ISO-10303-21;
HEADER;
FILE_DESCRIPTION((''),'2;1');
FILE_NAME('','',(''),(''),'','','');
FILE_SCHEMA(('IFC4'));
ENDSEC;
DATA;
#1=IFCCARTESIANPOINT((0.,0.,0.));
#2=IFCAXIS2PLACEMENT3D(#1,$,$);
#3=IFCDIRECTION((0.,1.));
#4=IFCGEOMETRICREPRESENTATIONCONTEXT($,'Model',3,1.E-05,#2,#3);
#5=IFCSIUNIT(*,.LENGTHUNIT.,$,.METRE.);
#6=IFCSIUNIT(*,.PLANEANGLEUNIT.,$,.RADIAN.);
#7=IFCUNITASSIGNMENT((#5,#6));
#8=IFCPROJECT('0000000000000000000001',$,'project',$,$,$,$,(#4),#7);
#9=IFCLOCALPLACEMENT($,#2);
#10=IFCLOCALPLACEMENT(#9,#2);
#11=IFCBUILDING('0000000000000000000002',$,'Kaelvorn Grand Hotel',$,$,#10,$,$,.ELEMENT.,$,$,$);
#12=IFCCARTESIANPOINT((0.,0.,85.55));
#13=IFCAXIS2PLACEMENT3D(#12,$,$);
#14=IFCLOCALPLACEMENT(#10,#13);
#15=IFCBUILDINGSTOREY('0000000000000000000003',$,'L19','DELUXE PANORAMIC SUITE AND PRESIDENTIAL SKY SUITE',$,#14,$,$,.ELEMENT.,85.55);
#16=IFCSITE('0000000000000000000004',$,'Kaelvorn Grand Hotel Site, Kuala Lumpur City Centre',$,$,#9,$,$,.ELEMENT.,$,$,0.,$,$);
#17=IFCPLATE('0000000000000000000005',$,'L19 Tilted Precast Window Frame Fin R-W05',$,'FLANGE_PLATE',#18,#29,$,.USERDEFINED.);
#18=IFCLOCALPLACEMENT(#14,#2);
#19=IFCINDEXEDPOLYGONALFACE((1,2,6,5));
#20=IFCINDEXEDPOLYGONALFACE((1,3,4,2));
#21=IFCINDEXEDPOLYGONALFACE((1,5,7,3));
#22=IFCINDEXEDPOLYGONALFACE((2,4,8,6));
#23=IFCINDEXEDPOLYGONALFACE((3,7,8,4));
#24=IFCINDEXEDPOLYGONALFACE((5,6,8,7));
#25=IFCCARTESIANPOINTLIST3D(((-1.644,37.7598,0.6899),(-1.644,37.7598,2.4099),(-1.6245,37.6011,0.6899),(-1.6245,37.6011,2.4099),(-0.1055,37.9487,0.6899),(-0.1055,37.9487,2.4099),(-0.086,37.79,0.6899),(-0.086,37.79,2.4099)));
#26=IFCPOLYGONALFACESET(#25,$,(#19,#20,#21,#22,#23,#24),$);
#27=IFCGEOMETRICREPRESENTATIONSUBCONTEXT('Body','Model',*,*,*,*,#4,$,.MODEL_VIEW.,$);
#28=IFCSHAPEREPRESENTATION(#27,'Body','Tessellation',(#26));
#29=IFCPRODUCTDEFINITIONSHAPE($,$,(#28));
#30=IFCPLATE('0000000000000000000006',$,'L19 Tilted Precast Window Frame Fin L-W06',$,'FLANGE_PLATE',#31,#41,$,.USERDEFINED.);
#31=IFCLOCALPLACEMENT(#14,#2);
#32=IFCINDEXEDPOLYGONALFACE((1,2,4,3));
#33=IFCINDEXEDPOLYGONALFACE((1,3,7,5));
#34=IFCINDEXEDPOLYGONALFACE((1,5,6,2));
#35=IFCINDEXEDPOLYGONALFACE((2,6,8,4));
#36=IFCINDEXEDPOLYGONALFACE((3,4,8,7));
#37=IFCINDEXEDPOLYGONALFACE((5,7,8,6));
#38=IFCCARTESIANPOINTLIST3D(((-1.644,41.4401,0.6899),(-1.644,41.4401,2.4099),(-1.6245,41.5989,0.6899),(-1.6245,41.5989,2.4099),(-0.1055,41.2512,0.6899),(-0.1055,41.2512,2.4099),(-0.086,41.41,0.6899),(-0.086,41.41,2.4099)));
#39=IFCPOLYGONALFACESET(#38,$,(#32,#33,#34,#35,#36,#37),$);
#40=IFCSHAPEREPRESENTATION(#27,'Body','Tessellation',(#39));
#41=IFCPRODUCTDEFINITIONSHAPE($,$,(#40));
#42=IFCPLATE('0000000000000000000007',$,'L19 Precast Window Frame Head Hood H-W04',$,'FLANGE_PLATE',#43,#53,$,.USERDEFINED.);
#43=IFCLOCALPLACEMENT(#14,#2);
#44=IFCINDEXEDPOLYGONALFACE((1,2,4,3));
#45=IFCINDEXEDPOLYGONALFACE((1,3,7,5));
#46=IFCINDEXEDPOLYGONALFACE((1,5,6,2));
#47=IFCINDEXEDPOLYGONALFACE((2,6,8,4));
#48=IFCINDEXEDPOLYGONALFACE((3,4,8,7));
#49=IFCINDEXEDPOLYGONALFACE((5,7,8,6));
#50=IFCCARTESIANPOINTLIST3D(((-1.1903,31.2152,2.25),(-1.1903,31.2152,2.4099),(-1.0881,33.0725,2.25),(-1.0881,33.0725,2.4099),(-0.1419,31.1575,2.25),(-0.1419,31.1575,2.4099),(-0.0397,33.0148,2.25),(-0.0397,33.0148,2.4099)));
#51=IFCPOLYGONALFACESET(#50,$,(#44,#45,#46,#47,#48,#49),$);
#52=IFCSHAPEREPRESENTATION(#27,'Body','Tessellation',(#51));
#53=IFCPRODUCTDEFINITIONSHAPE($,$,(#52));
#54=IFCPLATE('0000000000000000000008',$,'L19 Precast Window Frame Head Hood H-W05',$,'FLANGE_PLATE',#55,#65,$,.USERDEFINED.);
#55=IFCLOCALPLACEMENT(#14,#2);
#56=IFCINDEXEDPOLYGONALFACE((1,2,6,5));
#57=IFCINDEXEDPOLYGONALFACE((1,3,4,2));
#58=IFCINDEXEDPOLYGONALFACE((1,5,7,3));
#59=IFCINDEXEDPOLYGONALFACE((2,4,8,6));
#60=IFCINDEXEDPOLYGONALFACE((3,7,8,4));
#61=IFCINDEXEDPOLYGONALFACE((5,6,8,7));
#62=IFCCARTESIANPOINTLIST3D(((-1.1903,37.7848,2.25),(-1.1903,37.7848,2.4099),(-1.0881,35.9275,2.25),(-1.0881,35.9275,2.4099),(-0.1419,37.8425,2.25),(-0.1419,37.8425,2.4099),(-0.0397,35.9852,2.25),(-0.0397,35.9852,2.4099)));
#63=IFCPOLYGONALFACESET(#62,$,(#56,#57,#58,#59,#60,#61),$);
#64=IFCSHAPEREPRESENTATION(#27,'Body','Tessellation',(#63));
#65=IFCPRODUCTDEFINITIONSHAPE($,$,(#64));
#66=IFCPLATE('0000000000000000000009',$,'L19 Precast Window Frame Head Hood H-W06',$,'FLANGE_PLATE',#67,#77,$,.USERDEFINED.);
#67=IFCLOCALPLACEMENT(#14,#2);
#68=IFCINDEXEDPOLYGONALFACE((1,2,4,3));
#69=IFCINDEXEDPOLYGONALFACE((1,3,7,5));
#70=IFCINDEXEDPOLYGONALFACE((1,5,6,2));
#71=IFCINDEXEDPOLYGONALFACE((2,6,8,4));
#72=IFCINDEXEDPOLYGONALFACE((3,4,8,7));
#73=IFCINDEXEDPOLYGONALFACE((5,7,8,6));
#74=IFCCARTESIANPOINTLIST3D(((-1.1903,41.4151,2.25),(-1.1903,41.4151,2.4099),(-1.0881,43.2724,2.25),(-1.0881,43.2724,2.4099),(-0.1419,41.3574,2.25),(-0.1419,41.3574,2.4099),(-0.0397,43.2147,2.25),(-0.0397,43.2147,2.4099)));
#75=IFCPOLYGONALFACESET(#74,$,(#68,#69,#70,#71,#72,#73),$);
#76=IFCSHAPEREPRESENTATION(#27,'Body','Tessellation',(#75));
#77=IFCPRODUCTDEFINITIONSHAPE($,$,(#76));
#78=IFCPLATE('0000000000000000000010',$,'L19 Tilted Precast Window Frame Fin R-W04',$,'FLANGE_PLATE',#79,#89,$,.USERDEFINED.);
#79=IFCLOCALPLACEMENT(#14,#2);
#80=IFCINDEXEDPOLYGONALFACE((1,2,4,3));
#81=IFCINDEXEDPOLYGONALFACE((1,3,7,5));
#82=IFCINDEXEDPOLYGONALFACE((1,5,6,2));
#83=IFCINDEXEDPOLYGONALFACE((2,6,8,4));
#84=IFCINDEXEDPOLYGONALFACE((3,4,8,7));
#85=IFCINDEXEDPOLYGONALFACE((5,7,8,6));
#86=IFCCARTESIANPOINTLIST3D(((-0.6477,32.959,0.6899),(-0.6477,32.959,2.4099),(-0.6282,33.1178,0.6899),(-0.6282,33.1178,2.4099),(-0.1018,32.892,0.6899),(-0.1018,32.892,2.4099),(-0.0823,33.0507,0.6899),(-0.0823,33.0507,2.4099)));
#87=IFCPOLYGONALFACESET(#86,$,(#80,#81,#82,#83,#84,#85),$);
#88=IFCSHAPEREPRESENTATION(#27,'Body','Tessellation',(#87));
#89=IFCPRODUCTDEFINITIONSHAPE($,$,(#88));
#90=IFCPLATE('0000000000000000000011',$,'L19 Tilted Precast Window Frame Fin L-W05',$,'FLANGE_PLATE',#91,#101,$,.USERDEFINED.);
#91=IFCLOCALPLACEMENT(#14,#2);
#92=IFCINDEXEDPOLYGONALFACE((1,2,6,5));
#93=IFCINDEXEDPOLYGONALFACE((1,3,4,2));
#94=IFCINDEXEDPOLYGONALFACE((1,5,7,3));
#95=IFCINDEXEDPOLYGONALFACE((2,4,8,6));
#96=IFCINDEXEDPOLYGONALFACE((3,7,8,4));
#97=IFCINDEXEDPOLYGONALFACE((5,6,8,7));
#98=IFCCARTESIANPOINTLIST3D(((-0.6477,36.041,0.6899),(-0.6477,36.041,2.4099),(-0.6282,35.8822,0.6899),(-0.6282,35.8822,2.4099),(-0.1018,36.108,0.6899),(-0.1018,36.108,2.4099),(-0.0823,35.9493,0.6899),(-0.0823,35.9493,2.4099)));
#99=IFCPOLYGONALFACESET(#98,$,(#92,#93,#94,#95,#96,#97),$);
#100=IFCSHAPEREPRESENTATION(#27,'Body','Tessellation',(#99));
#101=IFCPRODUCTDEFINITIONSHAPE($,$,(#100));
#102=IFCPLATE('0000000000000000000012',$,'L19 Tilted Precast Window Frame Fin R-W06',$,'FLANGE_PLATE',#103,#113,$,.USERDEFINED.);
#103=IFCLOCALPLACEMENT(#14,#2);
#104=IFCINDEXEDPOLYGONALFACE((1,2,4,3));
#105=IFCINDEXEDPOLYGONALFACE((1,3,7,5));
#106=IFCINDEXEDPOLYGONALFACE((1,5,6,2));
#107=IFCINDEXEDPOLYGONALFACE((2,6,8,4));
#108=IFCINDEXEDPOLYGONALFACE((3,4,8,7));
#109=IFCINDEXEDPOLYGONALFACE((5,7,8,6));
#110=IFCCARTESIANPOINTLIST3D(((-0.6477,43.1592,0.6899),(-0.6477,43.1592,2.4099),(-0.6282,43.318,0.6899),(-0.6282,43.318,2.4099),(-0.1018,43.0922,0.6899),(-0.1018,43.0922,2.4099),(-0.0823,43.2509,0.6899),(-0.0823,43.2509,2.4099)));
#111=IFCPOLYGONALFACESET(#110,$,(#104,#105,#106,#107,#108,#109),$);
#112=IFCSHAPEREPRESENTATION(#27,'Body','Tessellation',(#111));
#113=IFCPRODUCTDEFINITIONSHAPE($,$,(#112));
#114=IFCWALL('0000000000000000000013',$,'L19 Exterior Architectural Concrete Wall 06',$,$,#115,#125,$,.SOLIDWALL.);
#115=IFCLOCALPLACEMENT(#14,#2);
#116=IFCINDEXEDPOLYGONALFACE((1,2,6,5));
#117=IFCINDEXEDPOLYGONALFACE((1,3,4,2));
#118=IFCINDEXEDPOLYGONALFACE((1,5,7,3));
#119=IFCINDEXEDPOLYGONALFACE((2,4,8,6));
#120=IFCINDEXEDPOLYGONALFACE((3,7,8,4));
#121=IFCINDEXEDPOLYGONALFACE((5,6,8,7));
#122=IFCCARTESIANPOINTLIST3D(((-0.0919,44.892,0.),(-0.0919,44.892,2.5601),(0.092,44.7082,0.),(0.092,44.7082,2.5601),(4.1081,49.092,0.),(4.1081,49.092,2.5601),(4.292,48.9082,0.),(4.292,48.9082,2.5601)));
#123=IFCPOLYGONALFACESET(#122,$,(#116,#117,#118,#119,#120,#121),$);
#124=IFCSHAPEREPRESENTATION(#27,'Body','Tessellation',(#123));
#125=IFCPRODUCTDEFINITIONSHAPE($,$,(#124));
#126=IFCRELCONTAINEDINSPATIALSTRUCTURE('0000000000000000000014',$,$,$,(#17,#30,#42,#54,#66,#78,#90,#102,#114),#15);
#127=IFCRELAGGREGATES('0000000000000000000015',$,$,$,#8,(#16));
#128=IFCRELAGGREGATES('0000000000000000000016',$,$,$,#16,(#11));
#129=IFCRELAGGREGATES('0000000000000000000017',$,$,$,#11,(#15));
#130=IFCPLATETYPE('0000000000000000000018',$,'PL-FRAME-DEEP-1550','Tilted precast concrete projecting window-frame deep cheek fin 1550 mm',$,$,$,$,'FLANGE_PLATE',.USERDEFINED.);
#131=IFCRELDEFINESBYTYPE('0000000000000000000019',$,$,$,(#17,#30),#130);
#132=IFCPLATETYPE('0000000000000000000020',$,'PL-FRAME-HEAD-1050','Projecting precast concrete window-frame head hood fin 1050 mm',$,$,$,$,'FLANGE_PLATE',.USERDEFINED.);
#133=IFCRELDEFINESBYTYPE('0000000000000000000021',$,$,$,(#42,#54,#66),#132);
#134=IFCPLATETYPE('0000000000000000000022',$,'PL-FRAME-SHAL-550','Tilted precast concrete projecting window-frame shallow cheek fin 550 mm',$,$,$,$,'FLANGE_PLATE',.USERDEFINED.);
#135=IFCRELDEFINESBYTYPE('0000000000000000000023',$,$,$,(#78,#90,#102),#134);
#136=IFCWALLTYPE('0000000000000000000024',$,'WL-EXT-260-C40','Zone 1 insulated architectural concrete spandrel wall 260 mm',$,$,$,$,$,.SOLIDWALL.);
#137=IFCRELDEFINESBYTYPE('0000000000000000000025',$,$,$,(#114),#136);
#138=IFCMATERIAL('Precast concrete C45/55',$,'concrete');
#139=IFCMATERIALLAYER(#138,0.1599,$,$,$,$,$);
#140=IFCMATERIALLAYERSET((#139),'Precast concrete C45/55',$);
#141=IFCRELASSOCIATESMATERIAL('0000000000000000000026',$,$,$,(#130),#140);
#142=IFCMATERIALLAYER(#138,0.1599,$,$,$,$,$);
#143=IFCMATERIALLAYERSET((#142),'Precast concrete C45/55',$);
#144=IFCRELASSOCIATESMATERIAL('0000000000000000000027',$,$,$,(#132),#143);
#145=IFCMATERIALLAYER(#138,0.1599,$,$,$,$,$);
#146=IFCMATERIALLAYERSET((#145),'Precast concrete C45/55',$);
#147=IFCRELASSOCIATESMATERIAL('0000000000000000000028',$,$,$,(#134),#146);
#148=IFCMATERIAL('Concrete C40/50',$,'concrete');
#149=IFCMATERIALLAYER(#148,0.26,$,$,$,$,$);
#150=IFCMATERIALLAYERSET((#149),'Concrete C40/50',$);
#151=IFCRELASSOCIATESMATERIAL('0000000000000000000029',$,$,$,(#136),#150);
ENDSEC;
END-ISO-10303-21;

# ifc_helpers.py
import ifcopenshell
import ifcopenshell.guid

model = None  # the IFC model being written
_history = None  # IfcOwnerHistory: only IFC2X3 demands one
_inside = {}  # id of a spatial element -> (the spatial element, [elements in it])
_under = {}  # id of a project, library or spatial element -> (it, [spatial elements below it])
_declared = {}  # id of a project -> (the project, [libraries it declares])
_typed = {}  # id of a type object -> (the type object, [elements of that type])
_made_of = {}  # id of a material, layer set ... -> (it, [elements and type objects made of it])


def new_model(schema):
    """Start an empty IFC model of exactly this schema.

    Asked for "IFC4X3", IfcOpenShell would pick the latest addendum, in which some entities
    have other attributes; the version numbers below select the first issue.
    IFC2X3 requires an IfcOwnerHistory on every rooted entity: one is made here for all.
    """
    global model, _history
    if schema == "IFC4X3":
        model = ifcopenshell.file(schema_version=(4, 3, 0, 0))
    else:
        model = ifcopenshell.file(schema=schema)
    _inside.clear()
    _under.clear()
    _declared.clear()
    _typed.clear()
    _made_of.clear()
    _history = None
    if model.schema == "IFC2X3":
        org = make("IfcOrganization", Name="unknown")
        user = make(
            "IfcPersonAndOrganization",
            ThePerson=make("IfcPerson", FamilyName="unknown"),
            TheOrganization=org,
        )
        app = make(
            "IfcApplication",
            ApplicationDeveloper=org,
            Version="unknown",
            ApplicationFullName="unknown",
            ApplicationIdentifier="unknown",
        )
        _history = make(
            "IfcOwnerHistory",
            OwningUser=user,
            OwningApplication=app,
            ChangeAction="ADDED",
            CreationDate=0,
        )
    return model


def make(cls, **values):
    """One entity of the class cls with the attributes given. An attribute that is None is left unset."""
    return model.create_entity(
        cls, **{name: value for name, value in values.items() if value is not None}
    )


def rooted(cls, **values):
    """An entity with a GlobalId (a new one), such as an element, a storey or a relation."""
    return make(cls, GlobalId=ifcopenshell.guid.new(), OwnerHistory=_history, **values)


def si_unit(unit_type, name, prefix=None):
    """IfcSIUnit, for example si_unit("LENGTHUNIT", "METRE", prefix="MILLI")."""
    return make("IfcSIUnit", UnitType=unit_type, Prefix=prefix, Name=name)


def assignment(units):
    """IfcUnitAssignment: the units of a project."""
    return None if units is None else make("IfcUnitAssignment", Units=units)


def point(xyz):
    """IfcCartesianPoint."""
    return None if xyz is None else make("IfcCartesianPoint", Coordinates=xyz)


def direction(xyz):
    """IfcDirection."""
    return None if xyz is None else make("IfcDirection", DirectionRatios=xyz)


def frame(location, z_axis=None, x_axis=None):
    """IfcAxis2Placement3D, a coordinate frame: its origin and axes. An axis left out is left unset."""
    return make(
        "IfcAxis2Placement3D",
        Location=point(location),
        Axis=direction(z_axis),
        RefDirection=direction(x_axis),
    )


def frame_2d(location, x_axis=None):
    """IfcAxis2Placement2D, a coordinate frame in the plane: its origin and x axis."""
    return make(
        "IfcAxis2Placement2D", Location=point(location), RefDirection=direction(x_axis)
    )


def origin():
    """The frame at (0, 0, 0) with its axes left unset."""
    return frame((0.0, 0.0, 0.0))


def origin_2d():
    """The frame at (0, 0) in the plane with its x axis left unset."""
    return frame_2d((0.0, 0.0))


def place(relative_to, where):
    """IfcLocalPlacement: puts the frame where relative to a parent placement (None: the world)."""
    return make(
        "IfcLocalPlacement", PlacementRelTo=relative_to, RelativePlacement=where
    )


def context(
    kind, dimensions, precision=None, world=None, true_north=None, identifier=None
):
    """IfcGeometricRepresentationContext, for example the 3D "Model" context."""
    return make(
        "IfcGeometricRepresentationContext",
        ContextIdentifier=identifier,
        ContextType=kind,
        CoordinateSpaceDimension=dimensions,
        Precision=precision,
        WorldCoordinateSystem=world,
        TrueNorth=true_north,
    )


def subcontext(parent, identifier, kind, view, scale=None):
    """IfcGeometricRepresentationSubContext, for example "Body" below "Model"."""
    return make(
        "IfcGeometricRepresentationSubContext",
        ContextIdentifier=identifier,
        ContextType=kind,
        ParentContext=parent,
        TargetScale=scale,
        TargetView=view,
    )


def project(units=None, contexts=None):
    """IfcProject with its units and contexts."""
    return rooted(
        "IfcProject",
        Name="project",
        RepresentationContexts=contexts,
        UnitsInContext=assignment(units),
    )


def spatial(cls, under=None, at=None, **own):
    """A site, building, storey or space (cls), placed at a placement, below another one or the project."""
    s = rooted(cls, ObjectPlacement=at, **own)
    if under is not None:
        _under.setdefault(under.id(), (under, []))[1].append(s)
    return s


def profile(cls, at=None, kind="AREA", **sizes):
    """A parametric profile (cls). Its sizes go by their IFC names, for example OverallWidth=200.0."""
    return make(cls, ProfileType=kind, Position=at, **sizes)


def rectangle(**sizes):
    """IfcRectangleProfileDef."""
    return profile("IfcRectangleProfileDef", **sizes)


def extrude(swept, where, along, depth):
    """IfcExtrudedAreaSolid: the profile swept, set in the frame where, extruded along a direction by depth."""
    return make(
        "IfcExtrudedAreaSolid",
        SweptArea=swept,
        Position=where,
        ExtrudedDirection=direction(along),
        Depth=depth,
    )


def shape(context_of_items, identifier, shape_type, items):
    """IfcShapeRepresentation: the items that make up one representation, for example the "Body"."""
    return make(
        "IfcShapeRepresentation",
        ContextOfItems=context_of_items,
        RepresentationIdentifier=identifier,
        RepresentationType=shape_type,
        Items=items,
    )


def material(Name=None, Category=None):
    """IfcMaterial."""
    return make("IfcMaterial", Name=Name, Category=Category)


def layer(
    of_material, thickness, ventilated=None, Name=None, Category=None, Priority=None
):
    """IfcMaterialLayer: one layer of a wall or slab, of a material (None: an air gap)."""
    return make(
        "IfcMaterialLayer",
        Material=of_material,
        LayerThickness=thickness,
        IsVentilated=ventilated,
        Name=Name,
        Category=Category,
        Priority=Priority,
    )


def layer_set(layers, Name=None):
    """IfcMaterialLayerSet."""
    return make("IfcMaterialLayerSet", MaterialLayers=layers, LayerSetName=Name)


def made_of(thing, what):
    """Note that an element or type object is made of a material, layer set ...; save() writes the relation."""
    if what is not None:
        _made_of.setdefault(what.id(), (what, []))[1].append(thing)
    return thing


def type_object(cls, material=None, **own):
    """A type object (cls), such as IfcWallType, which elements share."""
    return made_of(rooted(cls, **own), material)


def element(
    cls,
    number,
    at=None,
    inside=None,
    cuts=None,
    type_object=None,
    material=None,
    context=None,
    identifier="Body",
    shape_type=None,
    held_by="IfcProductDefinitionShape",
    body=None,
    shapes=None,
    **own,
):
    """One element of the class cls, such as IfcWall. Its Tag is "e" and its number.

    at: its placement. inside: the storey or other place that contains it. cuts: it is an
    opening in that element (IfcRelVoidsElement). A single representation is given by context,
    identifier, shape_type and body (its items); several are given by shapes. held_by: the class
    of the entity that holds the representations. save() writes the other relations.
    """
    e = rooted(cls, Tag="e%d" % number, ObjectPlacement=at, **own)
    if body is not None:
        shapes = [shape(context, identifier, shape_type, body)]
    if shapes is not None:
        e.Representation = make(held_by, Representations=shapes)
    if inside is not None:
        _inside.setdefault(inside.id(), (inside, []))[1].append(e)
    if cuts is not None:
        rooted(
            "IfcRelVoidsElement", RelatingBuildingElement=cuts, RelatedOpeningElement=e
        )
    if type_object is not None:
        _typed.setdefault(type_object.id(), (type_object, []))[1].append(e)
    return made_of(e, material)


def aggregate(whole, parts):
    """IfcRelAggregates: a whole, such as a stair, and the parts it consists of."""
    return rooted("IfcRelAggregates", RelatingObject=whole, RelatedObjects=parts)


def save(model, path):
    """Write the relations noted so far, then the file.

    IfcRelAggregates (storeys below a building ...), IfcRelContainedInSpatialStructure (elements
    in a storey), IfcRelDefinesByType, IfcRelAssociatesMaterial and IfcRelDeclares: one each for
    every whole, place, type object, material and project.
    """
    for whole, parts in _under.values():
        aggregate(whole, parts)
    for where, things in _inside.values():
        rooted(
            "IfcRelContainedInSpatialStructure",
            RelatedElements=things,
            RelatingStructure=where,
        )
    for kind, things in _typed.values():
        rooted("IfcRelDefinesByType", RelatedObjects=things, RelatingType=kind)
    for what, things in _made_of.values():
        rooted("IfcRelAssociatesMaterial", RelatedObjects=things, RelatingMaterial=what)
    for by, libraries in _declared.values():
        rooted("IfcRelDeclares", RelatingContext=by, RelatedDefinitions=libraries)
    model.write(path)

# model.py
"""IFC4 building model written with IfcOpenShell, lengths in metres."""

from ifc_helpers import new_model, si_unit, direction, frame, frame_2d, origin, origin_2d, place, context, subcontext, project, spatial, rectangle, extrude, material, layer, layer_set, type_object, element, save


model = new_model("IFC4")

# Units and contexts
model_context = context("Model", 3, precision=1e-05, world=origin(), true_north=direction((0.0, 1.0)))
body_context = subcontext(model_context, "Body", "Model", "MODEL_VIEW")
ifc_project = project(units=[si_unit("LENGTHUNIT", "METRE"), si_unit("PLANEANGLEUNIT", "RADIAN")], contexts=[model_context])

# Site, building, storey
site_placement = place(None, origin())
site = spatial("IfcSite", under=ifc_project, at=site_placement, Name="Kaelvorn Grand Hotel Site, Kuala Lumpur City Centre", CompositionType="ELEMENT", RefElevation=0.0)
building_placement = place(site_placement, origin())
building = spatial("IfcBuilding", under=site, at=building_placement, Name="Kaelvorn Grand Hotel", CompositionType="ELEMENT")
storey_placement = place(building_placement, frame((0.0, 0.0, 85.55)))
storey = spatial("IfcBuildingStorey", under=building, at=storey_placement, Name="L19", Description="DELUXE PANORAMIC SUITE AND PRESIDENTIAL SKY SUITE", CompositionType="ELEMENT", Elevation=85.55)

# Plates
ifc_material_1 = material(Name="Precast concrete C45/55", Category="concrete")
ifc_layer_1 = layer(ifc_material_1, 0.1599)
ifc_layer_set_1 = layer_set([ifc_layer_1], Name="Precast concrete C45/55")
plate_type_1 = type_object("IfcPlateType", Name="PL-FRAME-DEEP-1550", Description="Tilted precast concrete projecting window-frame deep cheek fin 1550 mm", ElementType="FLANGE_PLATE", PredefinedType="USERDEFINED", material=ifc_layer_set_1)
for number, where, z_axis, x_axis, name in (
    (1, (-0.865, 37.7749, 0.6899), (0.0, 0.0, 1.0), (-0.121869, 0.992546, 0.0), "L19 Tilted Precast Window Frame Fin R-W05"),
    (2, (-0.865, 41.425, 0.6899), (0.0, 0.0, 1.0), (0.121869, 0.992546, 0.0), "L19 Tilted Precast Window Frame Fin L-W06"),
):
    element("IfcPlate", number, at=place(storey_placement, frame(where, z_axis=z_axis, x_axis=x_axis)), inside=storey, type_object=plate_type_1, Name=name, ObjectType="FLANGE_PLATE", PredefinedType="USERDEFINED", context=body_context, shape_type="SweptSolid", body=[
        extrude(rectangle(XDim=0.1599, YDim=1.55, at=origin_2d()), origin(), (0.0, 0.0, 1.0), 1.72),
    ])
ifc_layer_2 = layer(ifc_material_1, 0.1599)
ifc_layer_set_2 = layer_set([ifc_layer_2], Name="Precast concrete C45/55")
plate_type_2 = type_object("IfcPlateType", Name="PL-FRAME-HEAD-1050", Description="Projecting precast concrete window-frame head hood fin 1050 mm", ElementType="FLANGE_PLATE", PredefinedType="USERDEFINED", material=ifc_layer_set_2)
for number, where, z_axis, x_axis, name in (
    (3, (-0.615, 32.115, 2.25), (0.0, 0.0, 1.0), (0.05495, 0.998489, 0.0), "L19 Precast Window Frame Head Hood H-W04"),
    (4, (-0.615, 36.885, 2.25), (0.0, 0.0, 1.0), (-0.05495, 0.998489, 0.0), "L19 Precast Window Frame Head Hood H-W05"),
    (5, (-0.615, 42.3149, 2.25), (0.0, 0.0, 1.0), (0.05495, 0.998489, 0.0), "L19 Precast Window Frame Head Hood H-W06"),
):
    element("IfcPlate", number, at=place(storey_placement, frame(where, z_axis=z_axis, x_axis=x_axis)), inside=storey, type_object=plate_type_2, Name=name, ObjectType="FLANGE_PLATE", PredefinedType="USERDEFINED", context=body_context, shape_type="SweptSolid", body=[
        extrude(rectangle(XDim=1.8601, YDim=1.05, at=origin_2d()), origin(), (0.0, 0.0, 1.0), 0.1599),
    ])
ifc_layer_3 = layer(ifc_material_1, 0.1599)
ifc_layer_set_3 = layer_set([ifc_layer_3], Name="Precast concrete C45/55")
plate_type_3 = type_object("IfcPlateType", Name="PL-FRAME-SHAL-550", Description="Tilted precast concrete projecting window-frame shallow cheek fin 550 mm", ElementType="FLANGE_PLATE", PredefinedType="USERDEFINED", material=ifc_layer_set_3)
for number, where, z_axis, x_axis, name in (
    (6, (-0.365, 33.0049, 0.6899), (0.0, 0.0, 1.0), (0.121869, 0.992546, 0.0), "L19 Tilted Precast Window Frame Fin R-W04"),
    (7, (-0.365, 35.9951, 0.6899), (0.0, 0.0, 1.0), (-0.121869, 0.992546, 0.0), "L19 Tilted Precast Window Frame Fin L-W05"),
    (8, (-0.365, 43.2051, 0.6899), (0.0, 0.0, 1.0), (0.121869, 0.992546, 0.0), "L19 Tilted Precast Window Frame Fin R-W06"),
):
    element("IfcPlate", number, at=place(storey_placement, frame(where, z_axis=z_axis, x_axis=x_axis)), inside=storey, type_object=plate_type_3, Name=name, ObjectType="FLANGE_PLATE", PredefinedType="USERDEFINED", context=body_context, shape_type="SweptSolid", body=[
        extrude(rectangle(XDim=0.1599, YDim=0.55, at=origin_2d()), origin(), (0.0, 0.0, 1.0), 1.72),
    ])

# Wall
ifc_material_2 = material(Name="Concrete C40/50", Category="concrete")
ifc_layer_4 = layer(ifc_material_2, 0.26)
ifc_layer_set_4 = layer_set([ifc_layer_4], Name="Concrete C40/50")
wall_type_1 = type_object("IfcWallType", Name="WL-EXT-260-C40", Description="Zone 1 insulated architectural concrete spandrel wall 260 mm", PredefinedType="SOLIDWALL", material=ifc_layer_set_4)
wall_1_placement = place(storey_placement, frame((4.2, 49.0, 0.0), z_axis=(0.0, 0.0, 1.0), x_axis=(-0.707107, -0.707107, 0.0)))
element("IfcWall", 9, at=wall_1_placement, inside=storey, type_object=wall_type_1, Name="L19 Exterior Architectural Concrete Wall 06", PredefinedType="SOLIDWALL", context=body_context, shape_type="SweptSolid", body=[
    extrude(rectangle(XDim=5.9397, YDim=0.26, at=frame_2d((2.9697, 0.0))), origin(), (0.0, 0.0, 1.0), 2.5601),
])

save(model, "model.ifc")
